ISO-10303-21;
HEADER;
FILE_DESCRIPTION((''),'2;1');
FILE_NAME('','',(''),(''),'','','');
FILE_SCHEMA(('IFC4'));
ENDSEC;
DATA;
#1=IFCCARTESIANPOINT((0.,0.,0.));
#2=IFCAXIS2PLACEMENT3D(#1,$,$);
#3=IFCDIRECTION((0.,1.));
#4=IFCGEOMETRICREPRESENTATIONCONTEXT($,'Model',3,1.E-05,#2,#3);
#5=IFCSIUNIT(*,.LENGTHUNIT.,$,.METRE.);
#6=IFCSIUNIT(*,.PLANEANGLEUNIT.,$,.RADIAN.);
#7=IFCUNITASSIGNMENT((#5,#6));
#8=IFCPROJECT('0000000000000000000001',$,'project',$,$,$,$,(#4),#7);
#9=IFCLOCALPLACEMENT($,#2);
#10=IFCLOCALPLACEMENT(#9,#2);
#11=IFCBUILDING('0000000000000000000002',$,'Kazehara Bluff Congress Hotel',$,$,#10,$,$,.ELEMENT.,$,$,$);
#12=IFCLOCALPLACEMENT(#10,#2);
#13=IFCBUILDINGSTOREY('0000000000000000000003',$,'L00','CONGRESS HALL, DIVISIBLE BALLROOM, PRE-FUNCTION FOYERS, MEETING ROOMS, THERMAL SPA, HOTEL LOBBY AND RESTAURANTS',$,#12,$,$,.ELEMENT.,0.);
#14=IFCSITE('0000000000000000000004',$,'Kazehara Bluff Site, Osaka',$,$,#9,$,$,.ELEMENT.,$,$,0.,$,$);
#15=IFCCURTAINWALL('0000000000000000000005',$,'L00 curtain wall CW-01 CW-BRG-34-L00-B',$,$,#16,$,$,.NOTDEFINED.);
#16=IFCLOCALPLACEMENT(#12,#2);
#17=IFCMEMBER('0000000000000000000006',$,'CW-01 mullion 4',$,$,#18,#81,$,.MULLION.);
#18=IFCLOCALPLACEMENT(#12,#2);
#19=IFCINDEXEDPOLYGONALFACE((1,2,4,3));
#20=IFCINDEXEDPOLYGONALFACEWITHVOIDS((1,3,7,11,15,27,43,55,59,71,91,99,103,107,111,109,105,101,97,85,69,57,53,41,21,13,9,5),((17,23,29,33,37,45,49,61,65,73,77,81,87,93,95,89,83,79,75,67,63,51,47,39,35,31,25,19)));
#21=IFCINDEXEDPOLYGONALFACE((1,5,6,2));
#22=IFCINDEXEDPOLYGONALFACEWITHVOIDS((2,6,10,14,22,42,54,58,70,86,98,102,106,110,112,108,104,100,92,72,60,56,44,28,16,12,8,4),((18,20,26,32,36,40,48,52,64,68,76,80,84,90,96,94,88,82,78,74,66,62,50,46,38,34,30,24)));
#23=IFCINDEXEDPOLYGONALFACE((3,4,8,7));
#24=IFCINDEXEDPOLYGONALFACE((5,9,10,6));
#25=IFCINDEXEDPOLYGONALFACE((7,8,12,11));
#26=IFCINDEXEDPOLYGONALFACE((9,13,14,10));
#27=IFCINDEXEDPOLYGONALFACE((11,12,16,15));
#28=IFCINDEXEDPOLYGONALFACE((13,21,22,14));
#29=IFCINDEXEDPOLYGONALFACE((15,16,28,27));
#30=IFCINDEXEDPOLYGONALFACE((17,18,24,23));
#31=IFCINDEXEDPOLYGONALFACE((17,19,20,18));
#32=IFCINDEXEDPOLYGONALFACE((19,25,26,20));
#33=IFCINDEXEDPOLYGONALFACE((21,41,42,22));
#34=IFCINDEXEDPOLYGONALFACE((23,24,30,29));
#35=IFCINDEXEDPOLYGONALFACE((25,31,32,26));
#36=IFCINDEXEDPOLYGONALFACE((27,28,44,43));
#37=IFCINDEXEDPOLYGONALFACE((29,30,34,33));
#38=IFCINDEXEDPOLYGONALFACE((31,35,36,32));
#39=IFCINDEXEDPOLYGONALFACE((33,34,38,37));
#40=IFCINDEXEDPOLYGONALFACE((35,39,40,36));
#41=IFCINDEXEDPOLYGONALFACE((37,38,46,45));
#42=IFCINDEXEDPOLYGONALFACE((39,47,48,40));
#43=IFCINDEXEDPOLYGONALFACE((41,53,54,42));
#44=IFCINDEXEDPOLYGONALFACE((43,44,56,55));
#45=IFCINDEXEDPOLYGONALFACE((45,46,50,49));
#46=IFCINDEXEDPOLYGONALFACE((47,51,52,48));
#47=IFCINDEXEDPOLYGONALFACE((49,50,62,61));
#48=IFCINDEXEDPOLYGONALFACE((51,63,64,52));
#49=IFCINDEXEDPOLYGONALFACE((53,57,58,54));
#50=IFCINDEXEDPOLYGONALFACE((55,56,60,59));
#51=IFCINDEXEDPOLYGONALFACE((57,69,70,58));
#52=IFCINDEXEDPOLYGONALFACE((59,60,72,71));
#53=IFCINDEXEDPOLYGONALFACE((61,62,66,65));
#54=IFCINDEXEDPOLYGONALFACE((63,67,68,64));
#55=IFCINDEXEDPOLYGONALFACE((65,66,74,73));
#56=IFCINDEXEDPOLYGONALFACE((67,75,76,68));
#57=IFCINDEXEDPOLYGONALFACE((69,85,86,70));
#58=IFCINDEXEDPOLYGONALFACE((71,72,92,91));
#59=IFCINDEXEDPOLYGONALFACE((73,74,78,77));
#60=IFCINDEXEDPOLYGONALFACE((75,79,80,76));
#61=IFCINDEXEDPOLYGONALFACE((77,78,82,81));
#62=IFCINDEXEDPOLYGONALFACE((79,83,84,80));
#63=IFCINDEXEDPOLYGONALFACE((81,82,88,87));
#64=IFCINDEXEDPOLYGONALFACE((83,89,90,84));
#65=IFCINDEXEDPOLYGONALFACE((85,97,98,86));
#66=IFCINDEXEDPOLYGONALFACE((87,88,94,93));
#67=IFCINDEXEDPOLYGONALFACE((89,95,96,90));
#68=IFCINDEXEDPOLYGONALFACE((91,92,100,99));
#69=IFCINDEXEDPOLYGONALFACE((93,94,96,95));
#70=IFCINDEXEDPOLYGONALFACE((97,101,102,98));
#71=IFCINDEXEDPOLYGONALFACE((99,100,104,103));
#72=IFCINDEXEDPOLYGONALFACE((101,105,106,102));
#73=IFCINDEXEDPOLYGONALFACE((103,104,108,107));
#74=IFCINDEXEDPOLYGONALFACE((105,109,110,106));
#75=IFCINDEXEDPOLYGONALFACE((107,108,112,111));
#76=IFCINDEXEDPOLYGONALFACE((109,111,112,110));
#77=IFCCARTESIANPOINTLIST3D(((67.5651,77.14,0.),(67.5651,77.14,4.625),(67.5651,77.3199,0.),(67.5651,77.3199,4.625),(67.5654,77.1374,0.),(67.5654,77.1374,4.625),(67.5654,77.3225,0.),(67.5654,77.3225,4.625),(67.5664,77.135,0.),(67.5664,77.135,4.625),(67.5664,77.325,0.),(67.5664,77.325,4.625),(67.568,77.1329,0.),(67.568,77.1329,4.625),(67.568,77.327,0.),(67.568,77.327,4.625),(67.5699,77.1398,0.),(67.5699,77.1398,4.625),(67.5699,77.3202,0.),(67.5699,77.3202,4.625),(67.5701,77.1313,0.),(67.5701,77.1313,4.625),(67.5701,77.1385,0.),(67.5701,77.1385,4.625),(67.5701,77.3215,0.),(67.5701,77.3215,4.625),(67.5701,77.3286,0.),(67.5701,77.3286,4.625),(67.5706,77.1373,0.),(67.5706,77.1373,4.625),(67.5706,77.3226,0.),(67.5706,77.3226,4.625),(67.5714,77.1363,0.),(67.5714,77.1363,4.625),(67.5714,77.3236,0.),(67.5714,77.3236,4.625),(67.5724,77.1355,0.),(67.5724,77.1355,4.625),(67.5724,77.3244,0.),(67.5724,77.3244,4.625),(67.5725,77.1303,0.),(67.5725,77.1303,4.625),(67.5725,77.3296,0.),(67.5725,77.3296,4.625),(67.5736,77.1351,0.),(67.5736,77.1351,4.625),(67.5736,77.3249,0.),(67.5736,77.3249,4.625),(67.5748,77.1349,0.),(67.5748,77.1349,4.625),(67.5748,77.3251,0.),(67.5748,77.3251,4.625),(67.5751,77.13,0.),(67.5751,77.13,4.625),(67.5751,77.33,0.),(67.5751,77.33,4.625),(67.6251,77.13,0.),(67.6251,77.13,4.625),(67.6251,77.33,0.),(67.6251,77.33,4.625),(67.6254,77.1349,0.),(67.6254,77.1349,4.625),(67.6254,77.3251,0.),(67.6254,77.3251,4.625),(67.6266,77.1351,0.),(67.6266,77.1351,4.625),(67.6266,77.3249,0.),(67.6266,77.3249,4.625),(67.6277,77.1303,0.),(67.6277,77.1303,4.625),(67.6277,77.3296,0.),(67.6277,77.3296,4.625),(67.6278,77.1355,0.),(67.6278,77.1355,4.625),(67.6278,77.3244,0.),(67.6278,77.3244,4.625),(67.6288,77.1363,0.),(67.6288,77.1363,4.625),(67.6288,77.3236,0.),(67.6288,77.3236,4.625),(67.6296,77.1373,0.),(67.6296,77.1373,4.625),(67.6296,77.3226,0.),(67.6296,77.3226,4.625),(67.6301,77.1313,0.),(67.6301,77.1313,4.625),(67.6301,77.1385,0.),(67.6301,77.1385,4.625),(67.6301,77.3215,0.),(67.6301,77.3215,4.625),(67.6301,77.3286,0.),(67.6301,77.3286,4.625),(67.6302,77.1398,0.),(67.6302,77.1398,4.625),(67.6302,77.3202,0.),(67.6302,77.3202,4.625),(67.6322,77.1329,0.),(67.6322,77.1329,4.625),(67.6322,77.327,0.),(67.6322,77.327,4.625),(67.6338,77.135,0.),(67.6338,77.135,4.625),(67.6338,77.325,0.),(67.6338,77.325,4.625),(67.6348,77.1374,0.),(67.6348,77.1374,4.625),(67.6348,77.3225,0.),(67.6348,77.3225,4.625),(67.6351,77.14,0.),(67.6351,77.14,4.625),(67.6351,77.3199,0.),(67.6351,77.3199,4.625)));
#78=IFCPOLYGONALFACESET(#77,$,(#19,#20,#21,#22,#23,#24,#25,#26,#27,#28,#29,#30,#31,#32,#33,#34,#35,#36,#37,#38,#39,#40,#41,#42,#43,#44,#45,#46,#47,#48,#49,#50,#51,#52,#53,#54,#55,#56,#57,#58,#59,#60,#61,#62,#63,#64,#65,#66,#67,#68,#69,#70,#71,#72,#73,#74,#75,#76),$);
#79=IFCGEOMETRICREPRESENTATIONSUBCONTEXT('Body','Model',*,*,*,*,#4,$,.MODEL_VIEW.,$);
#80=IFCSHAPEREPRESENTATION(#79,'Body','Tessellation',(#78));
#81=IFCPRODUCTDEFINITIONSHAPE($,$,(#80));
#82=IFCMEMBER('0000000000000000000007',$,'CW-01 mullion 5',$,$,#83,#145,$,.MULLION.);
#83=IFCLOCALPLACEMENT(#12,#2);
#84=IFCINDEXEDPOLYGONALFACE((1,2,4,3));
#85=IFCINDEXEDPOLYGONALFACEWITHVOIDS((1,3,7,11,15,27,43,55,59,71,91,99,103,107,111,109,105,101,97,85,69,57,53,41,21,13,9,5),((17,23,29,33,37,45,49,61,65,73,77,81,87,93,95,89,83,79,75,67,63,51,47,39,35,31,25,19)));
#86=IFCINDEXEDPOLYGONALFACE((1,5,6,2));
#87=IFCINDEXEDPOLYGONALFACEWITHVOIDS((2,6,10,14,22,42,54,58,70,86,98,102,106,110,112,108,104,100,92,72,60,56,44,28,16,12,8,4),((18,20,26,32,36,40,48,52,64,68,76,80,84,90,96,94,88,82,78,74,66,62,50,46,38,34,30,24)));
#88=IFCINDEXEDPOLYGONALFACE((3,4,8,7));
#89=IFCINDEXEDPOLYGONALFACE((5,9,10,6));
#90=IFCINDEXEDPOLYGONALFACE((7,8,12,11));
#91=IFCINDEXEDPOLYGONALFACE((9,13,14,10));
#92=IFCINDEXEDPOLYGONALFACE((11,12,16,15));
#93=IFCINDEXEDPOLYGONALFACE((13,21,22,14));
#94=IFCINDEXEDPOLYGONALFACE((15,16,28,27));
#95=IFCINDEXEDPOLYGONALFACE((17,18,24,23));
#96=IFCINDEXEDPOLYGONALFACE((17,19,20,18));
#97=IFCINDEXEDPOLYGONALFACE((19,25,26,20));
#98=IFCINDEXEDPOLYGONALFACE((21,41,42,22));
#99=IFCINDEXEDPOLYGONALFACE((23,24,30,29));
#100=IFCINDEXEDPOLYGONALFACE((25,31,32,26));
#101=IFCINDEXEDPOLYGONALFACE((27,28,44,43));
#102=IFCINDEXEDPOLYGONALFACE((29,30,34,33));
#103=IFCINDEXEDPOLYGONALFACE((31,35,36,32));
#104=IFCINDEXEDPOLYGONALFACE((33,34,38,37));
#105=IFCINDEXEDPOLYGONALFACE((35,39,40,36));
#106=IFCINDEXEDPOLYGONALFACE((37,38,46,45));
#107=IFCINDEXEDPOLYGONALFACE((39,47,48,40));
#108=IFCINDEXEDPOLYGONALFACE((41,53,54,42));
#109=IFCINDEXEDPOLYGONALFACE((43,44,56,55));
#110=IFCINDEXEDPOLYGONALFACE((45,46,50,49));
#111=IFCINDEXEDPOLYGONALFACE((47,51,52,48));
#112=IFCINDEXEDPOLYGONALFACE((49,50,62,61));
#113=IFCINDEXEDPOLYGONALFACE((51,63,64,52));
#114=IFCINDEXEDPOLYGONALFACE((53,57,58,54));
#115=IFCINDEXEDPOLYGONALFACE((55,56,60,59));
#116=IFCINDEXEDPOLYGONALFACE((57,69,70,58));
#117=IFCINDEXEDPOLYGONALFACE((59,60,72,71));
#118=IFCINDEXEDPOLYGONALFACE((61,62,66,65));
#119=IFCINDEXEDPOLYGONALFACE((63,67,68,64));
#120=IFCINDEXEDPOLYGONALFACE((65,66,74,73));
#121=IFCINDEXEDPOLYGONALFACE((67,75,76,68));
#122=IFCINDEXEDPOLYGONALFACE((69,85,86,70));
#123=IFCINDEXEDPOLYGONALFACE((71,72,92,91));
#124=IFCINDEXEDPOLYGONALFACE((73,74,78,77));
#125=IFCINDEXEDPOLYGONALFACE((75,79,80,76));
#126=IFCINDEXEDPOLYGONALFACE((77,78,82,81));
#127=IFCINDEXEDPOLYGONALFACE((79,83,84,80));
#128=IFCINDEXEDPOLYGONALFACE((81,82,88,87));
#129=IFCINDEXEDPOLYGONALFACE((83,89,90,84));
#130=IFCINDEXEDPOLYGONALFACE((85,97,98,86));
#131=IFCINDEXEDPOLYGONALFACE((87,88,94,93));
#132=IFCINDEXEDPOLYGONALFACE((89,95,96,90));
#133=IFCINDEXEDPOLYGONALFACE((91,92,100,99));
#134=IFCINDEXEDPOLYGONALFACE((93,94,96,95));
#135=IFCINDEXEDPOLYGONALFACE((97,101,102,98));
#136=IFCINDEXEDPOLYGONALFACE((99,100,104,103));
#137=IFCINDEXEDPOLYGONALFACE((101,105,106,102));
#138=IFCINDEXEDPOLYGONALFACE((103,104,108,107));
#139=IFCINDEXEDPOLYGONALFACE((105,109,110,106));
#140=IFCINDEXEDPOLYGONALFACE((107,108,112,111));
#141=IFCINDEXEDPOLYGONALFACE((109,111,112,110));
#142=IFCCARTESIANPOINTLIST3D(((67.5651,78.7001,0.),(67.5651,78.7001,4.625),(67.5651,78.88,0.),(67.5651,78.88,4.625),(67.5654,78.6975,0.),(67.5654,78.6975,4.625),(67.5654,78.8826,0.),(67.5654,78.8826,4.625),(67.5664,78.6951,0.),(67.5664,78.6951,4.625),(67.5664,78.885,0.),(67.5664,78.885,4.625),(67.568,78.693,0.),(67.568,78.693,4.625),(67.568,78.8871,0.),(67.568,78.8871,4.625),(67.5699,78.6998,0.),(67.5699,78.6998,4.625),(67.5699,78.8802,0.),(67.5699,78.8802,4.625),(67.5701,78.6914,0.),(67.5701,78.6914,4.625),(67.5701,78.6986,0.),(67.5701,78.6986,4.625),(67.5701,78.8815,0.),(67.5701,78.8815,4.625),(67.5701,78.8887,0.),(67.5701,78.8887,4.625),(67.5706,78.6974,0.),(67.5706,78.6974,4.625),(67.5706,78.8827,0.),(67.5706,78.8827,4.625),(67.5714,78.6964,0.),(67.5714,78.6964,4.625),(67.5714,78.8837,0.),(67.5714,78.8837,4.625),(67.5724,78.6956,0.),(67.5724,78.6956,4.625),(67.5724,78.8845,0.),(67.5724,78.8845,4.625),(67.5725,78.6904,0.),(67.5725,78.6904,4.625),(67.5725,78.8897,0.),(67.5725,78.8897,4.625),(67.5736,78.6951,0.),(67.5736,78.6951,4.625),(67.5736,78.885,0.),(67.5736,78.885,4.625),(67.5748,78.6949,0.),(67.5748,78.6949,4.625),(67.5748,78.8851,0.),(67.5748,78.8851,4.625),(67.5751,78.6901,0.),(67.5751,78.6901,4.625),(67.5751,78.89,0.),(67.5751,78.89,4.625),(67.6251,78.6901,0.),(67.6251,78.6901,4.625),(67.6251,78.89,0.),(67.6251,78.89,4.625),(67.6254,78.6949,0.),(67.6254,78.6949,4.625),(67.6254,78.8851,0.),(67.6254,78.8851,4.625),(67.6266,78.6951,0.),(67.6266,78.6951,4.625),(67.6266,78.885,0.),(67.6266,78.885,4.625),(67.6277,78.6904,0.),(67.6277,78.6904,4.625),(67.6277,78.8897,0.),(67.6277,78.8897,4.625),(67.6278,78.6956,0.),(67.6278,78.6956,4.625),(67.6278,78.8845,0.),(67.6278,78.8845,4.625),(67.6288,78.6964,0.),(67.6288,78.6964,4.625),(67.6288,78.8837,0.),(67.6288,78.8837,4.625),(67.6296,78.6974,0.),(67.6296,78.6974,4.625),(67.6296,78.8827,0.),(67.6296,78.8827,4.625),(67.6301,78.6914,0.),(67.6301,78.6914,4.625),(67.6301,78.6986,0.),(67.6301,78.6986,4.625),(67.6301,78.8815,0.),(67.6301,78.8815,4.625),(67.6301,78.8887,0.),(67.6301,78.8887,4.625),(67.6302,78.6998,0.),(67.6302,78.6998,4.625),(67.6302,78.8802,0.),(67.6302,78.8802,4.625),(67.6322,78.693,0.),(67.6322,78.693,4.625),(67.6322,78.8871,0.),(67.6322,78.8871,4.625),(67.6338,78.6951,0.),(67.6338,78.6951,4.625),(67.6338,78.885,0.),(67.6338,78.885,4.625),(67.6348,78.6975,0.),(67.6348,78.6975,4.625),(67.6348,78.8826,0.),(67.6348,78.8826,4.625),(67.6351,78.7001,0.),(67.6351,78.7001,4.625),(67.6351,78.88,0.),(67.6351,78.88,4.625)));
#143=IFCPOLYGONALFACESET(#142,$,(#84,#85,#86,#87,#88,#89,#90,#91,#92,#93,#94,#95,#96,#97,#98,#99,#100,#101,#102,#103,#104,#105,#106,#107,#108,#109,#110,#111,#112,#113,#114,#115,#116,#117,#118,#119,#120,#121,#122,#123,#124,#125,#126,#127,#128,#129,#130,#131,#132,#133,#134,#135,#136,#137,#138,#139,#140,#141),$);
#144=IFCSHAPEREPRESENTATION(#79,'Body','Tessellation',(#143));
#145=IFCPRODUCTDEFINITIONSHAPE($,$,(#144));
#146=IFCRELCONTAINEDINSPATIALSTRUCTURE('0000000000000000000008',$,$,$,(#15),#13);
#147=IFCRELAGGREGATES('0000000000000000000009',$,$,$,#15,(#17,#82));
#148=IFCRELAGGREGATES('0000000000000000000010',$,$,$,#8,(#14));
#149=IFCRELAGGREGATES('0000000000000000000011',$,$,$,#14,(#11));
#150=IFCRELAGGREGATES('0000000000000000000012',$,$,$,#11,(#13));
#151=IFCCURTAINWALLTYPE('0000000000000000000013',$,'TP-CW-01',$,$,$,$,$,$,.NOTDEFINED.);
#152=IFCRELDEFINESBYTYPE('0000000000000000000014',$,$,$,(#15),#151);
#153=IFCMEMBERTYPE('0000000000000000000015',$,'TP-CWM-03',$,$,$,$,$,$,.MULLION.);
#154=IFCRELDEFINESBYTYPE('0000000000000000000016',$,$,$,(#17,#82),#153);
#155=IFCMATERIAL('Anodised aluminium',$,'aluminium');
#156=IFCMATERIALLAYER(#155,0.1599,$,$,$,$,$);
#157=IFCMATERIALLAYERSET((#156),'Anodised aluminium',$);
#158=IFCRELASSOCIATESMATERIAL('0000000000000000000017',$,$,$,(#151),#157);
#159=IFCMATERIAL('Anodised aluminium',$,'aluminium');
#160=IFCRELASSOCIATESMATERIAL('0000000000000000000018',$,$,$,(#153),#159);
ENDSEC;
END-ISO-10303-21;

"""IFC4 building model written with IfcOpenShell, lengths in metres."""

from ifc_helpers import new_model, si_unit, direction, frame, origin, origin_2d, place, context, subcontext, project, spatial, hollow_rectangle, extrude, material, layer, layer_set, material_profile, profile_set, type_object, element, aggregate, save


model = new_model("IFC4")

# Units and contexts
model_context = context("Model", 3, precision=1e-05, world=origin(), true_north=direction((0.0, 1.0)))
body_context = subcontext(model_context, "Body", "Model", "MODEL_VIEW")
ifc_project = project(units=[si_unit("LENGTHUNIT", "METRE"), si_unit("PLANEANGLEUNIT", "RADIAN")], contexts=[model_context])

# Site, building, storey
site_placement = place(None, origin())
site = spatial("IfcSite", under=ifc_project, at=site_placement, Name="Kazehara Bluff Site, Osaka", CompositionType="ELEMENT", RefElevation=0.0)
building_placement = place(site_placement, origin())
building = spatial("IfcBuilding", under=site, at=building_placement, Name="Kazehara Bluff Congress Hotel", CompositionType="ELEMENT")
storey_placement = place(building_placement, origin())
storey = spatial("IfcBuildingStorey", under=building, at=storey_placement, Name="L00", Description="CONGRESS HALL, DIVISIBLE BALLROOM, PRE-FUNCTION FOYERS, MEETING ROOMS, THERMAL SPA, HOTEL LOBBY AND RESTAURANTS", CompositionType="ELEMENT", Elevation=0.0)

# Curtain wall, members
ifc_material_1 = material(Name="Anodised aluminium", Category="aluminium")
ifc_layer_1 = layer(ifc_material_1, 0.1599)
ifc_layer_set_1 = layer_set([ifc_layer_1], Name="Anodised aluminium")
curtain_wall_type_1 = type_object("IfcCurtainWallType", Name="TP-CW-01", PredefinedType="NOTDEFINED", material=ifc_layer_set_1)
curtain_wall_1_placement = place(storey_placement, origin())
curtain_wall_1 = element("IfcCurtainWall", 1, at=curtain_wall_1_placement, inside=storey, type_object=curtain_wall_type_1, Name="L00 curtain wall CW-01 CW-BRG-34-L00-B", PredefinedType="NOTDEFINED")
ifc_material_2 = material(Name="Anodised aluminium", Category="aluminium")
ifc_material_profile_1 = material_profile(ifc_material_2, hollow_rectangle(XDim=0.0701, YDim=0.2, WallThickness=0.0049, InnerFilletRadius=0.0049, OuterFilletRadius=0.01, at=origin_2d()))
ifc_profile_set_1 = profile_set([ifc_material_profile_1], Name="Anodised aluminium")
member_type_1 = type_object("IfcMemberType", Name="TP-CWM-03", PredefinedType="MULLION", material=ifc_profile_set_1)
member_1_placement = place(storey_placement, frame((67.6001, 77.23, 0.0), z_axis=(0.0, 0.0, 1.0), x_axis=(-1.0, 0.0, 0.0)))
member_1 = element("IfcMember", 2, at=member_1_placement, type_object=member_type_1, Name="CW-01 mullion 4", PredefinedType="MULLION", context=body_context, shape_type="SweptSolid", body=[
    extrude(hollow_rectangle(XDim=0.0701, YDim=0.2, WallThickness=0.0049, InnerFilletRadius=0.0049, OuterFilletRadius=0.01, at=origin_2d()), origin(), (0.0, 0.0, 1.0), 4.625),
])
member_2_placement = place(storey_placement, frame((67.6001, 78.79, 0.0), z_axis=(0.0, 0.0, 1.0), x_axis=(-1.0, 0.0, 0.0)))
member_2 = element("IfcMember", 3, at=member_2_placement, type_object=member_type_1, Name="CW-01 mullion 5", PredefinedType="MULLION", context=body_context, shape_type="SweptSolid", body=[
    extrude(hollow_rectangle(XDim=0.0701, YDim=0.2, WallThickness=0.0049, InnerFilletRadius=0.0049, OuterFilletRadius=0.01, at=origin_2d()), origin(), (0.0, 0.0, 1.0), 4.625),
])

aggregate(curtain_wall_1, [member_1, member_2])

save(model, "model.ifc")
